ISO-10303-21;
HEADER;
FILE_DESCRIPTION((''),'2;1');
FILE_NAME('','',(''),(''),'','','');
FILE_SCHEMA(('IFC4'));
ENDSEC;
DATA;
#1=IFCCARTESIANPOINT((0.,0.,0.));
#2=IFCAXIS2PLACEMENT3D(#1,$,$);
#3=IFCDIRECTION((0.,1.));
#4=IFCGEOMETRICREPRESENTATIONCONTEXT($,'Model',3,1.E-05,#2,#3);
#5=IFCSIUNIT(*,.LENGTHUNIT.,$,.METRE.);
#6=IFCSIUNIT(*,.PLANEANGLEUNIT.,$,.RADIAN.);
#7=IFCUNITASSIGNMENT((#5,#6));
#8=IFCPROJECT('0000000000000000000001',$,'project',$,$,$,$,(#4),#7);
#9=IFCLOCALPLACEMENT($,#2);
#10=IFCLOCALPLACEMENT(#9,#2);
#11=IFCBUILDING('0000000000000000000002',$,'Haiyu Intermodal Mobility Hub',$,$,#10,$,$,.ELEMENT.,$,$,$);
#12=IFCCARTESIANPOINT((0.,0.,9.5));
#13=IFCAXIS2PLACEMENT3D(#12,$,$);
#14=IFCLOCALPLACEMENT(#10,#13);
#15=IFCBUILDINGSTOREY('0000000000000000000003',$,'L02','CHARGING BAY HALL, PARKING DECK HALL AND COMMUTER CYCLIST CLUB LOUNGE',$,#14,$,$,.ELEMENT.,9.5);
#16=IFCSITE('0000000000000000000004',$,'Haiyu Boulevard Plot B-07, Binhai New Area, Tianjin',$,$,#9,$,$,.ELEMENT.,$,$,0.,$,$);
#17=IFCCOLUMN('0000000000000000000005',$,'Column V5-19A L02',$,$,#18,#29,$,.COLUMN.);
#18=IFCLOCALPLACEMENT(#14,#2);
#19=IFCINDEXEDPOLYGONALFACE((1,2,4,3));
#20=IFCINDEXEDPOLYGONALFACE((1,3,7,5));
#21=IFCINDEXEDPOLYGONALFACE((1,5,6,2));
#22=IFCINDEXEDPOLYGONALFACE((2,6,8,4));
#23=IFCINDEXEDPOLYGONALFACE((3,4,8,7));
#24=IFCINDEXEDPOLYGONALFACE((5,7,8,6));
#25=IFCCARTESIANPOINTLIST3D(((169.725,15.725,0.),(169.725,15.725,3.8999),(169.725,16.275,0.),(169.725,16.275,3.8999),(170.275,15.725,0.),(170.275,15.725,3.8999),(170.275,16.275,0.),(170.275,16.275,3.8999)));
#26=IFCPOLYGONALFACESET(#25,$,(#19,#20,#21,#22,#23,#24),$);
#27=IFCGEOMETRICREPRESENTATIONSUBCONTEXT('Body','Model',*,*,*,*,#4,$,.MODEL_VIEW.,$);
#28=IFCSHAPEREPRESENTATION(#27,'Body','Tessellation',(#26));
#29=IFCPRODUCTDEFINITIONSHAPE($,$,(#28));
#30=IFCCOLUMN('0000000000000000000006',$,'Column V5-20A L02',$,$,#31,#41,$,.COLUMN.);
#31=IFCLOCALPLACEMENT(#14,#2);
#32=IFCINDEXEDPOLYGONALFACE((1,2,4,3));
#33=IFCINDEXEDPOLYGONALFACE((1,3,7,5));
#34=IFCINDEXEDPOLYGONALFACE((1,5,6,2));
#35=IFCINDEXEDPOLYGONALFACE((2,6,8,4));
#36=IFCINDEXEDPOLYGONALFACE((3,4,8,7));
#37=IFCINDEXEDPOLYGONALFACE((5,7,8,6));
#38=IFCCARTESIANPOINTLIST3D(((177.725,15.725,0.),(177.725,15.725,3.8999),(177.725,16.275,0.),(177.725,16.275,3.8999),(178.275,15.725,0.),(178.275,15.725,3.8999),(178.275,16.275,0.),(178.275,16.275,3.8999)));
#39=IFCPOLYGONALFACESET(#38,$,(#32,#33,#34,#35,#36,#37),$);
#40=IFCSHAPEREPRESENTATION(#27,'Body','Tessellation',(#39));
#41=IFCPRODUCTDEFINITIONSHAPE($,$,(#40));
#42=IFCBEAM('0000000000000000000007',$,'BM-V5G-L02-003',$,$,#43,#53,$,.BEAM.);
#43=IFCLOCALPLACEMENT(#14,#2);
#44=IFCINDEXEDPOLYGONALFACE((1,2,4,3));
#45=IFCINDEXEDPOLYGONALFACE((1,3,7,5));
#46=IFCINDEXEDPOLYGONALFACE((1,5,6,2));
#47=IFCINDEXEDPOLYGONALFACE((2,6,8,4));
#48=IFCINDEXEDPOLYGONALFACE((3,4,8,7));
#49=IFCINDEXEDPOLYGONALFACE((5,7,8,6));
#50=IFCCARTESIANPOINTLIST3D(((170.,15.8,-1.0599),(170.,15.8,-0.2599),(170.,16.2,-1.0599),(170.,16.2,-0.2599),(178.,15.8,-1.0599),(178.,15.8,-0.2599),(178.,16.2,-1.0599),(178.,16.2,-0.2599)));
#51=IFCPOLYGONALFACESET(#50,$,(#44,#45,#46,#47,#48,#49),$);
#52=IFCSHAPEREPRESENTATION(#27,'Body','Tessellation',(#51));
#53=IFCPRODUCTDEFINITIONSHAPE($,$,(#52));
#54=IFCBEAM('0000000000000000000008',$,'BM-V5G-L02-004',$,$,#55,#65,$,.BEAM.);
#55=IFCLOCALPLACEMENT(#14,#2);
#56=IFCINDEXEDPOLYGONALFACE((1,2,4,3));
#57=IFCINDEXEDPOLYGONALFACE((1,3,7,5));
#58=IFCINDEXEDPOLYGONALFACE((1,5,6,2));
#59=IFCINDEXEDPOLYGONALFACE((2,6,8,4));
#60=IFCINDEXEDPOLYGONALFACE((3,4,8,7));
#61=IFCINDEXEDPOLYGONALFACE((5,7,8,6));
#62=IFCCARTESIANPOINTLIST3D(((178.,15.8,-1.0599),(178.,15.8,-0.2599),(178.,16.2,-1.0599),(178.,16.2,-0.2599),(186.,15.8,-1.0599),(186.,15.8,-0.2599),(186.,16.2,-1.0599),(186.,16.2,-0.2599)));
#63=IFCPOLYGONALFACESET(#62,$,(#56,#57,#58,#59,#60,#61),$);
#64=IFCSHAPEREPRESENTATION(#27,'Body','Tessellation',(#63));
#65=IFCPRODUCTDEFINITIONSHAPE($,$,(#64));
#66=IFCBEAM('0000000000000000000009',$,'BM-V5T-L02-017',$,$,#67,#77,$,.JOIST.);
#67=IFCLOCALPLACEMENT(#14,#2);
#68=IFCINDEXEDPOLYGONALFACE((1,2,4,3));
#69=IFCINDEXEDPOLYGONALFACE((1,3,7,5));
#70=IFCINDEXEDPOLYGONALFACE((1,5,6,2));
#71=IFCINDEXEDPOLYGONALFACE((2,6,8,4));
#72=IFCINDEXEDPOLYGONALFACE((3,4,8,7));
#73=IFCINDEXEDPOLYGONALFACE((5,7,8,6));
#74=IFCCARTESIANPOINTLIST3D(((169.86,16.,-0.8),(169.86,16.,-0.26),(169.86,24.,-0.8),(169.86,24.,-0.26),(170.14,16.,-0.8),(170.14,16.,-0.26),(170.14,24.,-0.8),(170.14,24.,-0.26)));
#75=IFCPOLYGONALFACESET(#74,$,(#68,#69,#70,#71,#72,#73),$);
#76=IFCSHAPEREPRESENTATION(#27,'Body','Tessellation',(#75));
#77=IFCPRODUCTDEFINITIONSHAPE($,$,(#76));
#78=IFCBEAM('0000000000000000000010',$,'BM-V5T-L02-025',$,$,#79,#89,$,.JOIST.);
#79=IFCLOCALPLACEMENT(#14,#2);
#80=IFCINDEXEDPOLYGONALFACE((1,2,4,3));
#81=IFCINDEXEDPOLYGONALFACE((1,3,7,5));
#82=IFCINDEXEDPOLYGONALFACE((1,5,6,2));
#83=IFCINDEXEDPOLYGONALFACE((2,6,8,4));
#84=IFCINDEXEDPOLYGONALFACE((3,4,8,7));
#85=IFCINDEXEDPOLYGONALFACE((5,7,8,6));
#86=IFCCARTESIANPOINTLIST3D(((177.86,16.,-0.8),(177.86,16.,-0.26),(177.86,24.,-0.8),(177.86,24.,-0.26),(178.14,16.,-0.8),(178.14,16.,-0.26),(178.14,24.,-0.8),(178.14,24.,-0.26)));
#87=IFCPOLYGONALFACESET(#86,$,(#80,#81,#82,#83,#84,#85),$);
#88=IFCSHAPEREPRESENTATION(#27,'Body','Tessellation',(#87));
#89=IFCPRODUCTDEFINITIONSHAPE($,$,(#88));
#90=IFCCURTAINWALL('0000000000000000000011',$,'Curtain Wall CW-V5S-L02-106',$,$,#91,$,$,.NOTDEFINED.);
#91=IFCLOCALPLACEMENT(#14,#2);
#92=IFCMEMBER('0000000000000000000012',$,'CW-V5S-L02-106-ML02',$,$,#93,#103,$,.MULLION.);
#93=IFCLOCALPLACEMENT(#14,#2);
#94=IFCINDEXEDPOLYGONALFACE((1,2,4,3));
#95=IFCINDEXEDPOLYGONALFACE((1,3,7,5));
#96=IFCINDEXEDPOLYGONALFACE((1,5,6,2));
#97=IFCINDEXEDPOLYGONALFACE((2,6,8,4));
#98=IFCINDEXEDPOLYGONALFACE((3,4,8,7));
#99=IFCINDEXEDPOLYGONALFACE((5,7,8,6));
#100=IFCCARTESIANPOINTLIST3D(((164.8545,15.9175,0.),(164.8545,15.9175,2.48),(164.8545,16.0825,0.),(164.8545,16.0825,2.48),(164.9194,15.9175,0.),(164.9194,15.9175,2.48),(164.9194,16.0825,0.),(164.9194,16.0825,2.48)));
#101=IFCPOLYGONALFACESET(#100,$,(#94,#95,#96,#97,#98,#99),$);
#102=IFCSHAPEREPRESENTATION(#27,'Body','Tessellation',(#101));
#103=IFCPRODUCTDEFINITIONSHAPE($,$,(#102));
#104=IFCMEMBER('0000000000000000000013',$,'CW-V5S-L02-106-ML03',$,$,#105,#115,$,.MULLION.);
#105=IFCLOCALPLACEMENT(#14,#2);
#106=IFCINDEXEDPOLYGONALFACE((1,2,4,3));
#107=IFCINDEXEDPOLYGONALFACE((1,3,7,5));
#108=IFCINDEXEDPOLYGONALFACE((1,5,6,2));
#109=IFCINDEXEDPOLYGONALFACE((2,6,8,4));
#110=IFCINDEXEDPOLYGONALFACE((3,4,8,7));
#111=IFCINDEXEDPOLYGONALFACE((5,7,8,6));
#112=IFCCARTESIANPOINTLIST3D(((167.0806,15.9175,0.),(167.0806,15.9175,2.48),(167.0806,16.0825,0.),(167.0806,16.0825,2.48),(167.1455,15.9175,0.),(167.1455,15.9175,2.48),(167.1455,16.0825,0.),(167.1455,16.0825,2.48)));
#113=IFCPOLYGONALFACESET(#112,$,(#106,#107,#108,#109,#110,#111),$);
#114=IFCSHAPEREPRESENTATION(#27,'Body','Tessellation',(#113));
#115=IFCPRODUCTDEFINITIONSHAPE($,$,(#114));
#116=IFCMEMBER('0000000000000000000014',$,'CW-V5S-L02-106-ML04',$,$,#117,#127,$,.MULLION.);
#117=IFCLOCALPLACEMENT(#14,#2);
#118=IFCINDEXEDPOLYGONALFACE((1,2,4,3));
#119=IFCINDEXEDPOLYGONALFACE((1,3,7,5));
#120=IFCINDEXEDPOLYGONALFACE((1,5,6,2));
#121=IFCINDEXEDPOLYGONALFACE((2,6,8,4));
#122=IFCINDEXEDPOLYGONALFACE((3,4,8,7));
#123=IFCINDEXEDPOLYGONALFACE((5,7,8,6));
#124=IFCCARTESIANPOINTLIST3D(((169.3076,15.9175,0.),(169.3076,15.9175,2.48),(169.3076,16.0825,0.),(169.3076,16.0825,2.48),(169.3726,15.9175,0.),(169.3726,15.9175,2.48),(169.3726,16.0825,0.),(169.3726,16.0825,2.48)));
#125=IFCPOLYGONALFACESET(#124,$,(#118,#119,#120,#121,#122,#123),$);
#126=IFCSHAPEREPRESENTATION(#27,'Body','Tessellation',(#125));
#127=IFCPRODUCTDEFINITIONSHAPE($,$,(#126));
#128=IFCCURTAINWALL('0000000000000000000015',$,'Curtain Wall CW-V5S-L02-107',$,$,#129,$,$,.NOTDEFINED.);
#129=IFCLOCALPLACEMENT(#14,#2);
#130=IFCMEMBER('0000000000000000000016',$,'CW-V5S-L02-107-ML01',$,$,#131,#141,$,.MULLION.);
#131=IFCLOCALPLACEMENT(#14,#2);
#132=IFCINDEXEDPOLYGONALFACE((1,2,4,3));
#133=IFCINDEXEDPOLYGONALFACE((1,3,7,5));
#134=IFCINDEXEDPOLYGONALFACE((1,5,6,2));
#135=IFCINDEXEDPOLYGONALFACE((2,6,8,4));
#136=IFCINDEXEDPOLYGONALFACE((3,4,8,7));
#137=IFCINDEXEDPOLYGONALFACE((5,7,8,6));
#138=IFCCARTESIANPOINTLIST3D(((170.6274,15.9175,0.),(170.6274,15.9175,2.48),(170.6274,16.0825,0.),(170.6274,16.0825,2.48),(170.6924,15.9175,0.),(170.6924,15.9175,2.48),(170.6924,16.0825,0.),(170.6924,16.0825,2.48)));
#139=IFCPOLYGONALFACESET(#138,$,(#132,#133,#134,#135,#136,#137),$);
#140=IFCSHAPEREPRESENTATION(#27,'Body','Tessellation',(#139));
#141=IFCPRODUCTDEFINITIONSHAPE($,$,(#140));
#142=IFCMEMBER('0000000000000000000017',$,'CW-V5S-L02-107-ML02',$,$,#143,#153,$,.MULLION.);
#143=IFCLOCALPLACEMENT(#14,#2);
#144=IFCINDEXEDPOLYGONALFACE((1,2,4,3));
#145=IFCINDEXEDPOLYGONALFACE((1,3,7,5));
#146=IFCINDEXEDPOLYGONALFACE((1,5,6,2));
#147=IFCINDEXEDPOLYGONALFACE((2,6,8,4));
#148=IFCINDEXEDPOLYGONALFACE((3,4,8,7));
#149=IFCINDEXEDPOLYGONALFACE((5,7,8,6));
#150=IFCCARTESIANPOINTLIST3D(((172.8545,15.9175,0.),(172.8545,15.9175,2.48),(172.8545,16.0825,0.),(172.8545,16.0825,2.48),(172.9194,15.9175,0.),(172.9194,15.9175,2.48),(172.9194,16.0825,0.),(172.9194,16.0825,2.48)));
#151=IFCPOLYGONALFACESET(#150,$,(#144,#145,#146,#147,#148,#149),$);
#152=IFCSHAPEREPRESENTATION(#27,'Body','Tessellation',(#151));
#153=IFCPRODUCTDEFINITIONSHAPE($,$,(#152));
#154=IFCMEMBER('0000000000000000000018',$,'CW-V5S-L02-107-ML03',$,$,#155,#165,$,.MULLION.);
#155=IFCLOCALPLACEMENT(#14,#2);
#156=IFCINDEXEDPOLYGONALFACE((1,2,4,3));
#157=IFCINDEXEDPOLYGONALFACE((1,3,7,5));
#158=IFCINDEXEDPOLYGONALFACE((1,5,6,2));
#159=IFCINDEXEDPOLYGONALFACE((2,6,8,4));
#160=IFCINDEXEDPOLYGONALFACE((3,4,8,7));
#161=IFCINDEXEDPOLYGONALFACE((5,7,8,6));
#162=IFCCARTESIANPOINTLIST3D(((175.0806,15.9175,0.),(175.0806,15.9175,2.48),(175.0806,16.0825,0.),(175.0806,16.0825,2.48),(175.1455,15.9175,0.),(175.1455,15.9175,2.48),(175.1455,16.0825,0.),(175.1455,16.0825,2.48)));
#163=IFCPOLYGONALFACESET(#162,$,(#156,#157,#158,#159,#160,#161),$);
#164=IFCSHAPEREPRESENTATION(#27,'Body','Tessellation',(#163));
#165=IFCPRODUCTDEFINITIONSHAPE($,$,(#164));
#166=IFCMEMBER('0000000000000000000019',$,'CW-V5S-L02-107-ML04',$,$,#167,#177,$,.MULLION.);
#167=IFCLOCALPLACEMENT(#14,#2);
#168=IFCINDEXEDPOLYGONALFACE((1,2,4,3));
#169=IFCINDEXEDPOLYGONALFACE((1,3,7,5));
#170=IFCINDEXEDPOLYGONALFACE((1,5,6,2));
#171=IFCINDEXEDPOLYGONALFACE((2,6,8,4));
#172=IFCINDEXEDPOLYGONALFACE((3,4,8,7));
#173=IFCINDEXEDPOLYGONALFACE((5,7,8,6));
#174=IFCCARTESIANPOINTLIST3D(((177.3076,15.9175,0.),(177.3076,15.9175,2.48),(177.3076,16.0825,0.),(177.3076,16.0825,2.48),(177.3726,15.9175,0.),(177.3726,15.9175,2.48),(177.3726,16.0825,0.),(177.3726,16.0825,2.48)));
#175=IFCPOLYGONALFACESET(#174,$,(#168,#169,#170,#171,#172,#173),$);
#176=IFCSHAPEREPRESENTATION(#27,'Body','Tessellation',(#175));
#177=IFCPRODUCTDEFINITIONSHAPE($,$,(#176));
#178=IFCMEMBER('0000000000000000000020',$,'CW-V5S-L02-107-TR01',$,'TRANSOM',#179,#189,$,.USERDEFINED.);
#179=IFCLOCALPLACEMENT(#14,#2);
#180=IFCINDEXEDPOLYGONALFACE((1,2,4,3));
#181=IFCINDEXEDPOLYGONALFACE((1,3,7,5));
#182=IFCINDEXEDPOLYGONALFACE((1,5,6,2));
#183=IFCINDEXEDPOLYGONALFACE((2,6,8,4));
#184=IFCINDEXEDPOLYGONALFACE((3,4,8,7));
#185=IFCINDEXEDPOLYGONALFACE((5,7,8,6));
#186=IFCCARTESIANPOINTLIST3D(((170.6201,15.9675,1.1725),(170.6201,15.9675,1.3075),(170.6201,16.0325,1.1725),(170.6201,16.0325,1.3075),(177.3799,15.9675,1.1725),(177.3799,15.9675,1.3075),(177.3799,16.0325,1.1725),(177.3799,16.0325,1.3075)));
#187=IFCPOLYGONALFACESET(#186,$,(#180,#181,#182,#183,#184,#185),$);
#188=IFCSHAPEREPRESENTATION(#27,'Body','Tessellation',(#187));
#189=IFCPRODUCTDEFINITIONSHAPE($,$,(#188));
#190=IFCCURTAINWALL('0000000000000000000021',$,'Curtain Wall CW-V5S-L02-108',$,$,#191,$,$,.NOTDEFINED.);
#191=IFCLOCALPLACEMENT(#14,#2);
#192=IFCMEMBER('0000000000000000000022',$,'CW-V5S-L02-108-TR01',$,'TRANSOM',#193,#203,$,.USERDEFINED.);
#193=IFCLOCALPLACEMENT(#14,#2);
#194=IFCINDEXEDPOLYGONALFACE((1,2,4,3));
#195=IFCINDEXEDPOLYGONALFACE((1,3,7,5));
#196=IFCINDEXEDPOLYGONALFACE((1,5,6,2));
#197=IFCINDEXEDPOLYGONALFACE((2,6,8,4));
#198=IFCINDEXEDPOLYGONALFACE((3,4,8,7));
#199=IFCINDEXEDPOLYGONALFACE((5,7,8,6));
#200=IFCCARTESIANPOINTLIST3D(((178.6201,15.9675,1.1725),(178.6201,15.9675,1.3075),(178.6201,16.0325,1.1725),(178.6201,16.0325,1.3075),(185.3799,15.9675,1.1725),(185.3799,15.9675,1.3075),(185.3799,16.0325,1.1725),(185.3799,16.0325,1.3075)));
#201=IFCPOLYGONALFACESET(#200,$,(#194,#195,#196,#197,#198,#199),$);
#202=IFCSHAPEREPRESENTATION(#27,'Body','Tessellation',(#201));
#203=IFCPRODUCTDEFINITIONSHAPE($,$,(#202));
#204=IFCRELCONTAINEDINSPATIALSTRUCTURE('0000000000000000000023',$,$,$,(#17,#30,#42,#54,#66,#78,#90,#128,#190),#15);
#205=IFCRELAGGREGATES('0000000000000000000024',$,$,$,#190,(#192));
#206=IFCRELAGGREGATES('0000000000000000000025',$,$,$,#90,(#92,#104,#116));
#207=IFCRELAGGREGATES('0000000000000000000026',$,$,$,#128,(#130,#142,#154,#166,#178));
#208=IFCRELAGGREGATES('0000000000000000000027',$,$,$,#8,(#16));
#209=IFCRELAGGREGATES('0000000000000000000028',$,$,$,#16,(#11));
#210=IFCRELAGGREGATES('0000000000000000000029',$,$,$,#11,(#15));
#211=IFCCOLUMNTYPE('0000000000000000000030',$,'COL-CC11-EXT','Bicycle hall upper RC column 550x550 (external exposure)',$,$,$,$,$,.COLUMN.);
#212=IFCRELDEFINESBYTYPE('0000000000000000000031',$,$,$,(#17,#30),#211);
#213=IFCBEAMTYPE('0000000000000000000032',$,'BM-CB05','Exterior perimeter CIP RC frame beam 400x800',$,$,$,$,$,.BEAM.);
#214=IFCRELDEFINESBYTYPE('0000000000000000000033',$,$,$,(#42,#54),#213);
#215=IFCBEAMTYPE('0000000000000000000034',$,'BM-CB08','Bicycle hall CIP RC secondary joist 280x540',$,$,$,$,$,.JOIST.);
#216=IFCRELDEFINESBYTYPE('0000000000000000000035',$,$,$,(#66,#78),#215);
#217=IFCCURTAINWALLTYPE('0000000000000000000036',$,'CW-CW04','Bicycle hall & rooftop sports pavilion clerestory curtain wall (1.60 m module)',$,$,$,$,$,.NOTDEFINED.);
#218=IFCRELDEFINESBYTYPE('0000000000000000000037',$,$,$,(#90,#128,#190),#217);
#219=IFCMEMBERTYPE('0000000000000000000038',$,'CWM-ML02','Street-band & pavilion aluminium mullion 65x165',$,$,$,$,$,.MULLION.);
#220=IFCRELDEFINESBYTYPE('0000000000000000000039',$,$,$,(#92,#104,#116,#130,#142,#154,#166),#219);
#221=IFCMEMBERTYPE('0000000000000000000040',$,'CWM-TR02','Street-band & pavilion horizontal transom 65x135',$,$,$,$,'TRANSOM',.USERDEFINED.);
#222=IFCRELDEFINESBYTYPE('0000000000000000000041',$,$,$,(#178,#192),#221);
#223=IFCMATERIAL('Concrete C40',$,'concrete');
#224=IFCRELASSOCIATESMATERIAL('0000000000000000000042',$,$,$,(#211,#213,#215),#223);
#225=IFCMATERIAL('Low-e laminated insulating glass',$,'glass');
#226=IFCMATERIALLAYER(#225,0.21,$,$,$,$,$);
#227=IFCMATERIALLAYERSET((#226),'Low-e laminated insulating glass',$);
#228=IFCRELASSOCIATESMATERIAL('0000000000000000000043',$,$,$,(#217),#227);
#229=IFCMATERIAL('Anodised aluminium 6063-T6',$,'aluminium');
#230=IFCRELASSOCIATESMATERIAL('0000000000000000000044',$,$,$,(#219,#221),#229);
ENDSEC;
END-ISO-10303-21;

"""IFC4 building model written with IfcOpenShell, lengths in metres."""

from ifc_helpers import new_model, si_unit, direction, frame, origin, origin_2d, place, context, subcontext, project, spatial, rectangle, extrude, material, layer, layer_set, material_profile, profile_set, type_object, element, aggregate, save


model = new_model("IFC4")

# Units and contexts
model_context = context("Model", 3, precision=1e-05, world=origin(), true_north=direction((0.0, 1.0)))
body_context = subcontext(model_context, "Body", "Model", "MODEL_VIEW")
ifc_project = project(units=[si_unit("LENGTHUNIT", "METRE"), si_unit("PLANEANGLEUNIT", "RADIAN")], contexts=[model_context])

# Site, building, storey
site_placement = place(None, origin())
site = spatial("IfcSite", under=ifc_project, at=site_placement, Name="Haiyu Boulevard Plot B-07, Binhai New Area, Tianjin", CompositionType="ELEMENT", RefElevation=0.0)
building_placement = place(site_placement, origin())
building = spatial("IfcBuilding", under=site, at=building_placement, Name="Haiyu Intermodal Mobility Hub", CompositionType="ELEMENT")
storey_placement = place(building_placement, frame((0.0, 0.0, 9.5)))
storey = spatial("IfcBuildingStorey", under=building, at=storey_placement, Name="L02", Description="CHARGING BAY HALL, PARKING DECK HALL AND COMMUTER CYCLIST CLUB LOUNGE", CompositionType="ELEMENT", Elevation=9.5)

# Columns
ifc_material_1 = material(Name="Concrete C40", Category="concrete")
ifc_material_profile_1 = material_profile(ifc_material_1, rectangle(XDim=0.55, YDim=0.55, at=origin_2d()), Name="RC550x550")
ifc_profile_set_1 = profile_set([ifc_material_profile_1], Name="Concrete C40")
column_type = type_object("IfcColumnType", Name="COL-CC11-EXT", Description="Bicycle hall upper RC column 550x550 (external exposure)", PredefinedType="COLUMN", material=ifc_profile_set_1)
for number, where, z_axis, x_axis, name in (
    (1, (170.0, 16.0, 0.0), (0.0, 0.0, 1.0), (1.0, 0.0, 0.0), "Column V5-19A L02"),
    (2, (178.0, 16.0, 0.0), (0.0, 0.0, 1.0), (1.0, 0.0, 0.0), "Column V5-20A L02"),
):
    element("IfcColumn", number, at=place(storey_placement, frame(where, z_axis=z_axis, x_axis=x_axis)), inside=storey, type_object=column_type, Name=name, PredefinedType="COLUMN", context=body_context, shape_type="SweptSolid", body=[
        extrude(rectangle(XDim=0.55, YDim=0.55, at=origin_2d()), origin(), (0.0, 0.0, 1.0), 3.8999),
    ])

# Beams
ifc_material_profile_2 = material_profile(ifc_material_1, rectangle(XDim=0.3999, YDim=0.8, at=origin_2d()), Name="RCB400x800")
ifc_profile_set_2 = profile_set([ifc_material_profile_2], Name="Concrete C40")
beam_type_1 = type_object("IfcBeamType", Name="BM-CB05", Description="Exterior perimeter CIP RC frame beam 400x800", PredefinedType="BEAM", material=ifc_profile_set_2)
for number, where, z_axis, x_axis, name in (
    (3, (170.0, 16.0, -0.6599), (1.0, 0.0, 0.0), (0.0, 1.0, 0.0), "BM-V5G-L02-003"),
    (4, (178.0, 16.0, -0.6599), (1.0, 0.0, 0.0), (0.0, 1.0, 0.0), "BM-V5G-L02-004"),
):
    element("IfcBeam", number, at=place(storey_placement, frame(where, z_axis=z_axis, x_axis=x_axis)), inside=storey, type_object=beam_type_1, Name=name, PredefinedType="BEAM", context=body_context, shape_type="SweptSolid", body=[
        extrude(rectangle(XDim=0.3999, YDim=0.8, at=origin_2d()), origin(), (0.0, 0.0, 1.0), 8.0),
    ])
ifc_material_profile_3 = material_profile(ifc_material_1, rectangle(XDim=0.28, YDim=0.54, at=origin_2d()), Name="RCB280x540")
ifc_profile_set_3 = profile_set([ifc_material_profile_3], Name="Concrete C40")
beam_type_2 = type_object("IfcBeamType", Name="BM-CB08", Description="Bicycle hall CIP RC secondary joist 280x540", PredefinedType="JOIST", material=ifc_profile_set_3)
for number, where, z_axis, x_axis, name in (
    (5, (170.0, 16.0, -0.53), (0.0, 1.0, 0.0), (-1.0, 0.0, 0.0), "BM-V5T-L02-017"),
    (6, (178.0, 16.0, -0.53), (0.0, 1.0, 0.0), (-1.0, 0.0, 0.0), "BM-V5T-L02-025"),
):
    element("IfcBeam", number, at=place(storey_placement, frame(where, z_axis=z_axis, x_axis=x_axis)), inside=storey, type_object=beam_type_2, Name=name, PredefinedType="JOIST", context=body_context, shape_type="SweptSolid", body=[
        extrude(rectangle(XDim=0.28, YDim=0.54, at=origin_2d()), origin(), (0.0, 0.0, 1.0), 8.0),
    ])

# Curtain walls, members
ifc_material_2 = material(Name="Low-e laminated insulating glass", Category="glass")
ifc_layer_1 = layer(ifc_material_2, 0.21)
ifc_layer_set_1 = layer_set([ifc_layer_1], Name="Low-e laminated insulating glass")
curtain_wall_type = type_object("IfcCurtainWallType", Name="CW-CW04", Description="Bicycle hall & rooftop sports pavilion clerestory curtain wall (1.60 m module)", PredefinedType="NOTDEFINED", material=ifc_layer_set_1)
curtain_wall_1_placement = place(storey_placement, origin())
curtain_wall_1 = element("IfcCurtainWall", 7, at=curtain_wall_1_placement, inside=storey, type_object=curtain_wall_type, Name="Curtain Wall CW-V5S-L02-106", PredefinedType="NOTDEFINED")
ifc_material_3 = material(Name="Anodised aluminium 6063-T6", Category="aluminium")
ifc_material_profile_4 = material_profile(ifc_material_3, rectangle(XDim=0.0649, YDim=0.165, at=origin_2d()), Name="ALU65x165")
ifc_profile_set_4 = profile_set([ifc_material_profile_4], Name="Anodised aluminium 6063-T6")
member_type_1 = type_object("IfcMemberType", Name="CWM-ML02", Description="Street-band & pavilion aluminium mullion 65x165", PredefinedType="MULLION", material=ifc_profile_set_4)
member_1_placement = place(storey_placement, frame((164.887, 16.0, 0.0), z_axis=(0.0, 0.0, 1.0), x_axis=(1.0, 0.0, 0.0)))
member_1 = element("IfcMember", 8, at=member_1_placement, type_object=member_type_1, Name="CW-V5S-L02-106-ML02", PredefinedType="MULLION", context=body_context, shape_type="SweptSolid", body=[
    extrude(rectangle(XDim=0.0649, YDim=0.165, at=origin_2d()), origin(), (0.0, 0.0, 1.0), 2.48),
])
member_2_placement = place(storey_placement, frame((167.113, 16.0, 0.0), z_axis=(0.0, 0.0, 1.0), x_axis=(1.0, 0.0, 0.0)))
member_2 = element("IfcMember", 9, at=member_2_placement, type_object=member_type_1, Name="CW-V5S-L02-106-ML03", PredefinedType="MULLION", context=body_context, shape_type="SweptSolid", body=[
    extrude(rectangle(XDim=0.0649, YDim=0.165, at=origin_2d()), origin(), (0.0, 0.0, 1.0), 2.48),
])
member_3_placement = place(storey_placement, frame((169.3401, 16.0, 0.0), z_axis=(0.0, 0.0, 1.0), x_axis=(1.0, 0.0, 0.0)))
member_3 = element("IfcMember", 10, at=member_3_placement, type_object=member_type_1, Name="CW-V5S-L02-106-ML04", PredefinedType="MULLION", context=body_context, shape_type="SweptSolid", body=[
    extrude(rectangle(XDim=0.0649, YDim=0.165, at=origin_2d()), origin(), (0.0, 0.0, 1.0), 2.48),
])
curtain_wall_2_placement = place(storey_placement, origin())
curtain_wall_2 = element("IfcCurtainWall", 11, at=curtain_wall_2_placement, inside=storey, type_object=curtain_wall_type, Name="Curtain Wall CW-V5S-L02-107", PredefinedType="NOTDEFINED")
member_4_placement = place(storey_placement, frame((170.6599, 16.0, 0.0), z_axis=(0.0, 0.0, 1.0), x_axis=(1.0, 0.0, 0.0)))
member_4 = element("IfcMember", 12, at=member_4_placement, type_object=member_type_1, Name="CW-V5S-L02-107-ML01", PredefinedType="MULLION", context=body_context, shape_type="SweptSolid", body=[
    extrude(rectangle(XDim=0.0649, YDim=0.165, at=origin_2d()), origin(), (0.0, 0.0, 1.0), 2.48),
])
member_5_placement = place(storey_placement, frame((172.887, 16.0, 0.0), z_axis=(0.0, 0.0, 1.0), x_axis=(1.0, 0.0, 0.0)))
member_5 = element("IfcMember", 13, at=member_5_placement, type_object=member_type_1, Name="CW-V5S-L02-107-ML02", PredefinedType="MULLION", context=body_context, shape_type="SweptSolid", body=[
    extrude(rectangle(XDim=0.0649, YDim=0.165, at=origin_2d()), origin(), (0.0, 0.0, 1.0), 2.48),
])
member_6_placement = place(storey_placement, frame((175.113, 16.0, 0.0), z_axis=(0.0, 0.0, 1.0), x_axis=(1.0, 0.0, 0.0)))
member_6 = element("IfcMember", 14, at=member_6_placement, type_object=member_type_1, Name="CW-V5S-L02-107-ML03", PredefinedType="MULLION", context=body_context, shape_type="SweptSolid", body=[
    extrude(rectangle(XDim=0.0649, YDim=0.165, at=origin_2d()), origin(), (0.0, 0.0, 1.0), 2.48),
])
member_7_placement = place(storey_placement, frame((177.3401, 16.0, 0.0), z_axis=(0.0, 0.0, 1.0), x_axis=(1.0, 0.0, 0.0)))
member_7 = element("IfcMember", 15, at=member_7_placement, type_object=member_type_1, Name="CW-V5S-L02-107-ML04", PredefinedType="MULLION", context=body_context, shape_type="SweptSolid", body=[
    extrude(rectangle(XDim=0.0649, YDim=0.165, at=origin_2d()), origin(), (0.0, 0.0, 1.0), 2.48),
])
ifc_material_profile_5 = material_profile(ifc_material_3, rectangle(XDim=0.0649, YDim=0.135, at=origin_2d()), Name="ALU65x135")
ifc_profile_set_5 = profile_set([ifc_material_profile_5], Name="Anodised aluminium 6063-T6")
member_type_2 = type_object("IfcMemberType", Name="CWM-TR02", Description="Street-band & pavilion horizontal transom 65x135", ElementType="TRANSOM", PredefinedType="USERDEFINED", material=ifc_profile_set_5)
member_8_placement = place(storey_placement, frame((170.6201, 16.0, 1.24), z_axis=(1.0, 0.0, 0.0), x_axis=(0.0, 1.0, 0.0)))
member_8 = element("IfcMember", 16, at=member_8_placement, type_object=member_type_2, Name="CW-V5S-L02-107-TR01", ObjectType="TRANSOM", PredefinedType="USERDEFINED", context=body_context, shape_type="SweptSolid", body=[
    extrude(rectangle(XDim=0.0649, YDim=0.135, at=origin_2d()), origin(), (0.0, 0.0, 1.0), 6.7598),
])

# Curtain wall, member
curtain_wall_3_placement = place(storey_placement, origin())
curtain_wall_3 = element("IfcCurtainWall", 17, at=curtain_wall_3_placement, inside=storey, type_object=curtain_wall_type, Name="Curtain Wall CW-V5S-L02-108", PredefinedType="NOTDEFINED")
member_9_placement = place(storey_placement, frame((178.6201, 16.0, 1.24), z_axis=(1.0, 0.0, 0.0), x_axis=(0.0, 1.0, 0.0)))
member_9 = element("IfcMember", 18, at=member_9_placement, type_object=member_type_2, Name="CW-V5S-L02-108-TR01", ObjectType="TRANSOM", PredefinedType="USERDEFINED", context=body_context, shape_type="SweptSolid", body=[
    extrude(rectangle(XDim=0.0649, YDim=0.135, at=origin_2d()), origin(), (0.0, 0.0, 1.0), 6.7598),
])
aggregate(curtain_wall_3, [member_9])

aggregate(curtain_wall_1, [member_1, member_2, member_3])
aggregate(curtain_wall_2, [member_4, member_5, member_6, member_7, member_8])

save(model, "model.ifc")
